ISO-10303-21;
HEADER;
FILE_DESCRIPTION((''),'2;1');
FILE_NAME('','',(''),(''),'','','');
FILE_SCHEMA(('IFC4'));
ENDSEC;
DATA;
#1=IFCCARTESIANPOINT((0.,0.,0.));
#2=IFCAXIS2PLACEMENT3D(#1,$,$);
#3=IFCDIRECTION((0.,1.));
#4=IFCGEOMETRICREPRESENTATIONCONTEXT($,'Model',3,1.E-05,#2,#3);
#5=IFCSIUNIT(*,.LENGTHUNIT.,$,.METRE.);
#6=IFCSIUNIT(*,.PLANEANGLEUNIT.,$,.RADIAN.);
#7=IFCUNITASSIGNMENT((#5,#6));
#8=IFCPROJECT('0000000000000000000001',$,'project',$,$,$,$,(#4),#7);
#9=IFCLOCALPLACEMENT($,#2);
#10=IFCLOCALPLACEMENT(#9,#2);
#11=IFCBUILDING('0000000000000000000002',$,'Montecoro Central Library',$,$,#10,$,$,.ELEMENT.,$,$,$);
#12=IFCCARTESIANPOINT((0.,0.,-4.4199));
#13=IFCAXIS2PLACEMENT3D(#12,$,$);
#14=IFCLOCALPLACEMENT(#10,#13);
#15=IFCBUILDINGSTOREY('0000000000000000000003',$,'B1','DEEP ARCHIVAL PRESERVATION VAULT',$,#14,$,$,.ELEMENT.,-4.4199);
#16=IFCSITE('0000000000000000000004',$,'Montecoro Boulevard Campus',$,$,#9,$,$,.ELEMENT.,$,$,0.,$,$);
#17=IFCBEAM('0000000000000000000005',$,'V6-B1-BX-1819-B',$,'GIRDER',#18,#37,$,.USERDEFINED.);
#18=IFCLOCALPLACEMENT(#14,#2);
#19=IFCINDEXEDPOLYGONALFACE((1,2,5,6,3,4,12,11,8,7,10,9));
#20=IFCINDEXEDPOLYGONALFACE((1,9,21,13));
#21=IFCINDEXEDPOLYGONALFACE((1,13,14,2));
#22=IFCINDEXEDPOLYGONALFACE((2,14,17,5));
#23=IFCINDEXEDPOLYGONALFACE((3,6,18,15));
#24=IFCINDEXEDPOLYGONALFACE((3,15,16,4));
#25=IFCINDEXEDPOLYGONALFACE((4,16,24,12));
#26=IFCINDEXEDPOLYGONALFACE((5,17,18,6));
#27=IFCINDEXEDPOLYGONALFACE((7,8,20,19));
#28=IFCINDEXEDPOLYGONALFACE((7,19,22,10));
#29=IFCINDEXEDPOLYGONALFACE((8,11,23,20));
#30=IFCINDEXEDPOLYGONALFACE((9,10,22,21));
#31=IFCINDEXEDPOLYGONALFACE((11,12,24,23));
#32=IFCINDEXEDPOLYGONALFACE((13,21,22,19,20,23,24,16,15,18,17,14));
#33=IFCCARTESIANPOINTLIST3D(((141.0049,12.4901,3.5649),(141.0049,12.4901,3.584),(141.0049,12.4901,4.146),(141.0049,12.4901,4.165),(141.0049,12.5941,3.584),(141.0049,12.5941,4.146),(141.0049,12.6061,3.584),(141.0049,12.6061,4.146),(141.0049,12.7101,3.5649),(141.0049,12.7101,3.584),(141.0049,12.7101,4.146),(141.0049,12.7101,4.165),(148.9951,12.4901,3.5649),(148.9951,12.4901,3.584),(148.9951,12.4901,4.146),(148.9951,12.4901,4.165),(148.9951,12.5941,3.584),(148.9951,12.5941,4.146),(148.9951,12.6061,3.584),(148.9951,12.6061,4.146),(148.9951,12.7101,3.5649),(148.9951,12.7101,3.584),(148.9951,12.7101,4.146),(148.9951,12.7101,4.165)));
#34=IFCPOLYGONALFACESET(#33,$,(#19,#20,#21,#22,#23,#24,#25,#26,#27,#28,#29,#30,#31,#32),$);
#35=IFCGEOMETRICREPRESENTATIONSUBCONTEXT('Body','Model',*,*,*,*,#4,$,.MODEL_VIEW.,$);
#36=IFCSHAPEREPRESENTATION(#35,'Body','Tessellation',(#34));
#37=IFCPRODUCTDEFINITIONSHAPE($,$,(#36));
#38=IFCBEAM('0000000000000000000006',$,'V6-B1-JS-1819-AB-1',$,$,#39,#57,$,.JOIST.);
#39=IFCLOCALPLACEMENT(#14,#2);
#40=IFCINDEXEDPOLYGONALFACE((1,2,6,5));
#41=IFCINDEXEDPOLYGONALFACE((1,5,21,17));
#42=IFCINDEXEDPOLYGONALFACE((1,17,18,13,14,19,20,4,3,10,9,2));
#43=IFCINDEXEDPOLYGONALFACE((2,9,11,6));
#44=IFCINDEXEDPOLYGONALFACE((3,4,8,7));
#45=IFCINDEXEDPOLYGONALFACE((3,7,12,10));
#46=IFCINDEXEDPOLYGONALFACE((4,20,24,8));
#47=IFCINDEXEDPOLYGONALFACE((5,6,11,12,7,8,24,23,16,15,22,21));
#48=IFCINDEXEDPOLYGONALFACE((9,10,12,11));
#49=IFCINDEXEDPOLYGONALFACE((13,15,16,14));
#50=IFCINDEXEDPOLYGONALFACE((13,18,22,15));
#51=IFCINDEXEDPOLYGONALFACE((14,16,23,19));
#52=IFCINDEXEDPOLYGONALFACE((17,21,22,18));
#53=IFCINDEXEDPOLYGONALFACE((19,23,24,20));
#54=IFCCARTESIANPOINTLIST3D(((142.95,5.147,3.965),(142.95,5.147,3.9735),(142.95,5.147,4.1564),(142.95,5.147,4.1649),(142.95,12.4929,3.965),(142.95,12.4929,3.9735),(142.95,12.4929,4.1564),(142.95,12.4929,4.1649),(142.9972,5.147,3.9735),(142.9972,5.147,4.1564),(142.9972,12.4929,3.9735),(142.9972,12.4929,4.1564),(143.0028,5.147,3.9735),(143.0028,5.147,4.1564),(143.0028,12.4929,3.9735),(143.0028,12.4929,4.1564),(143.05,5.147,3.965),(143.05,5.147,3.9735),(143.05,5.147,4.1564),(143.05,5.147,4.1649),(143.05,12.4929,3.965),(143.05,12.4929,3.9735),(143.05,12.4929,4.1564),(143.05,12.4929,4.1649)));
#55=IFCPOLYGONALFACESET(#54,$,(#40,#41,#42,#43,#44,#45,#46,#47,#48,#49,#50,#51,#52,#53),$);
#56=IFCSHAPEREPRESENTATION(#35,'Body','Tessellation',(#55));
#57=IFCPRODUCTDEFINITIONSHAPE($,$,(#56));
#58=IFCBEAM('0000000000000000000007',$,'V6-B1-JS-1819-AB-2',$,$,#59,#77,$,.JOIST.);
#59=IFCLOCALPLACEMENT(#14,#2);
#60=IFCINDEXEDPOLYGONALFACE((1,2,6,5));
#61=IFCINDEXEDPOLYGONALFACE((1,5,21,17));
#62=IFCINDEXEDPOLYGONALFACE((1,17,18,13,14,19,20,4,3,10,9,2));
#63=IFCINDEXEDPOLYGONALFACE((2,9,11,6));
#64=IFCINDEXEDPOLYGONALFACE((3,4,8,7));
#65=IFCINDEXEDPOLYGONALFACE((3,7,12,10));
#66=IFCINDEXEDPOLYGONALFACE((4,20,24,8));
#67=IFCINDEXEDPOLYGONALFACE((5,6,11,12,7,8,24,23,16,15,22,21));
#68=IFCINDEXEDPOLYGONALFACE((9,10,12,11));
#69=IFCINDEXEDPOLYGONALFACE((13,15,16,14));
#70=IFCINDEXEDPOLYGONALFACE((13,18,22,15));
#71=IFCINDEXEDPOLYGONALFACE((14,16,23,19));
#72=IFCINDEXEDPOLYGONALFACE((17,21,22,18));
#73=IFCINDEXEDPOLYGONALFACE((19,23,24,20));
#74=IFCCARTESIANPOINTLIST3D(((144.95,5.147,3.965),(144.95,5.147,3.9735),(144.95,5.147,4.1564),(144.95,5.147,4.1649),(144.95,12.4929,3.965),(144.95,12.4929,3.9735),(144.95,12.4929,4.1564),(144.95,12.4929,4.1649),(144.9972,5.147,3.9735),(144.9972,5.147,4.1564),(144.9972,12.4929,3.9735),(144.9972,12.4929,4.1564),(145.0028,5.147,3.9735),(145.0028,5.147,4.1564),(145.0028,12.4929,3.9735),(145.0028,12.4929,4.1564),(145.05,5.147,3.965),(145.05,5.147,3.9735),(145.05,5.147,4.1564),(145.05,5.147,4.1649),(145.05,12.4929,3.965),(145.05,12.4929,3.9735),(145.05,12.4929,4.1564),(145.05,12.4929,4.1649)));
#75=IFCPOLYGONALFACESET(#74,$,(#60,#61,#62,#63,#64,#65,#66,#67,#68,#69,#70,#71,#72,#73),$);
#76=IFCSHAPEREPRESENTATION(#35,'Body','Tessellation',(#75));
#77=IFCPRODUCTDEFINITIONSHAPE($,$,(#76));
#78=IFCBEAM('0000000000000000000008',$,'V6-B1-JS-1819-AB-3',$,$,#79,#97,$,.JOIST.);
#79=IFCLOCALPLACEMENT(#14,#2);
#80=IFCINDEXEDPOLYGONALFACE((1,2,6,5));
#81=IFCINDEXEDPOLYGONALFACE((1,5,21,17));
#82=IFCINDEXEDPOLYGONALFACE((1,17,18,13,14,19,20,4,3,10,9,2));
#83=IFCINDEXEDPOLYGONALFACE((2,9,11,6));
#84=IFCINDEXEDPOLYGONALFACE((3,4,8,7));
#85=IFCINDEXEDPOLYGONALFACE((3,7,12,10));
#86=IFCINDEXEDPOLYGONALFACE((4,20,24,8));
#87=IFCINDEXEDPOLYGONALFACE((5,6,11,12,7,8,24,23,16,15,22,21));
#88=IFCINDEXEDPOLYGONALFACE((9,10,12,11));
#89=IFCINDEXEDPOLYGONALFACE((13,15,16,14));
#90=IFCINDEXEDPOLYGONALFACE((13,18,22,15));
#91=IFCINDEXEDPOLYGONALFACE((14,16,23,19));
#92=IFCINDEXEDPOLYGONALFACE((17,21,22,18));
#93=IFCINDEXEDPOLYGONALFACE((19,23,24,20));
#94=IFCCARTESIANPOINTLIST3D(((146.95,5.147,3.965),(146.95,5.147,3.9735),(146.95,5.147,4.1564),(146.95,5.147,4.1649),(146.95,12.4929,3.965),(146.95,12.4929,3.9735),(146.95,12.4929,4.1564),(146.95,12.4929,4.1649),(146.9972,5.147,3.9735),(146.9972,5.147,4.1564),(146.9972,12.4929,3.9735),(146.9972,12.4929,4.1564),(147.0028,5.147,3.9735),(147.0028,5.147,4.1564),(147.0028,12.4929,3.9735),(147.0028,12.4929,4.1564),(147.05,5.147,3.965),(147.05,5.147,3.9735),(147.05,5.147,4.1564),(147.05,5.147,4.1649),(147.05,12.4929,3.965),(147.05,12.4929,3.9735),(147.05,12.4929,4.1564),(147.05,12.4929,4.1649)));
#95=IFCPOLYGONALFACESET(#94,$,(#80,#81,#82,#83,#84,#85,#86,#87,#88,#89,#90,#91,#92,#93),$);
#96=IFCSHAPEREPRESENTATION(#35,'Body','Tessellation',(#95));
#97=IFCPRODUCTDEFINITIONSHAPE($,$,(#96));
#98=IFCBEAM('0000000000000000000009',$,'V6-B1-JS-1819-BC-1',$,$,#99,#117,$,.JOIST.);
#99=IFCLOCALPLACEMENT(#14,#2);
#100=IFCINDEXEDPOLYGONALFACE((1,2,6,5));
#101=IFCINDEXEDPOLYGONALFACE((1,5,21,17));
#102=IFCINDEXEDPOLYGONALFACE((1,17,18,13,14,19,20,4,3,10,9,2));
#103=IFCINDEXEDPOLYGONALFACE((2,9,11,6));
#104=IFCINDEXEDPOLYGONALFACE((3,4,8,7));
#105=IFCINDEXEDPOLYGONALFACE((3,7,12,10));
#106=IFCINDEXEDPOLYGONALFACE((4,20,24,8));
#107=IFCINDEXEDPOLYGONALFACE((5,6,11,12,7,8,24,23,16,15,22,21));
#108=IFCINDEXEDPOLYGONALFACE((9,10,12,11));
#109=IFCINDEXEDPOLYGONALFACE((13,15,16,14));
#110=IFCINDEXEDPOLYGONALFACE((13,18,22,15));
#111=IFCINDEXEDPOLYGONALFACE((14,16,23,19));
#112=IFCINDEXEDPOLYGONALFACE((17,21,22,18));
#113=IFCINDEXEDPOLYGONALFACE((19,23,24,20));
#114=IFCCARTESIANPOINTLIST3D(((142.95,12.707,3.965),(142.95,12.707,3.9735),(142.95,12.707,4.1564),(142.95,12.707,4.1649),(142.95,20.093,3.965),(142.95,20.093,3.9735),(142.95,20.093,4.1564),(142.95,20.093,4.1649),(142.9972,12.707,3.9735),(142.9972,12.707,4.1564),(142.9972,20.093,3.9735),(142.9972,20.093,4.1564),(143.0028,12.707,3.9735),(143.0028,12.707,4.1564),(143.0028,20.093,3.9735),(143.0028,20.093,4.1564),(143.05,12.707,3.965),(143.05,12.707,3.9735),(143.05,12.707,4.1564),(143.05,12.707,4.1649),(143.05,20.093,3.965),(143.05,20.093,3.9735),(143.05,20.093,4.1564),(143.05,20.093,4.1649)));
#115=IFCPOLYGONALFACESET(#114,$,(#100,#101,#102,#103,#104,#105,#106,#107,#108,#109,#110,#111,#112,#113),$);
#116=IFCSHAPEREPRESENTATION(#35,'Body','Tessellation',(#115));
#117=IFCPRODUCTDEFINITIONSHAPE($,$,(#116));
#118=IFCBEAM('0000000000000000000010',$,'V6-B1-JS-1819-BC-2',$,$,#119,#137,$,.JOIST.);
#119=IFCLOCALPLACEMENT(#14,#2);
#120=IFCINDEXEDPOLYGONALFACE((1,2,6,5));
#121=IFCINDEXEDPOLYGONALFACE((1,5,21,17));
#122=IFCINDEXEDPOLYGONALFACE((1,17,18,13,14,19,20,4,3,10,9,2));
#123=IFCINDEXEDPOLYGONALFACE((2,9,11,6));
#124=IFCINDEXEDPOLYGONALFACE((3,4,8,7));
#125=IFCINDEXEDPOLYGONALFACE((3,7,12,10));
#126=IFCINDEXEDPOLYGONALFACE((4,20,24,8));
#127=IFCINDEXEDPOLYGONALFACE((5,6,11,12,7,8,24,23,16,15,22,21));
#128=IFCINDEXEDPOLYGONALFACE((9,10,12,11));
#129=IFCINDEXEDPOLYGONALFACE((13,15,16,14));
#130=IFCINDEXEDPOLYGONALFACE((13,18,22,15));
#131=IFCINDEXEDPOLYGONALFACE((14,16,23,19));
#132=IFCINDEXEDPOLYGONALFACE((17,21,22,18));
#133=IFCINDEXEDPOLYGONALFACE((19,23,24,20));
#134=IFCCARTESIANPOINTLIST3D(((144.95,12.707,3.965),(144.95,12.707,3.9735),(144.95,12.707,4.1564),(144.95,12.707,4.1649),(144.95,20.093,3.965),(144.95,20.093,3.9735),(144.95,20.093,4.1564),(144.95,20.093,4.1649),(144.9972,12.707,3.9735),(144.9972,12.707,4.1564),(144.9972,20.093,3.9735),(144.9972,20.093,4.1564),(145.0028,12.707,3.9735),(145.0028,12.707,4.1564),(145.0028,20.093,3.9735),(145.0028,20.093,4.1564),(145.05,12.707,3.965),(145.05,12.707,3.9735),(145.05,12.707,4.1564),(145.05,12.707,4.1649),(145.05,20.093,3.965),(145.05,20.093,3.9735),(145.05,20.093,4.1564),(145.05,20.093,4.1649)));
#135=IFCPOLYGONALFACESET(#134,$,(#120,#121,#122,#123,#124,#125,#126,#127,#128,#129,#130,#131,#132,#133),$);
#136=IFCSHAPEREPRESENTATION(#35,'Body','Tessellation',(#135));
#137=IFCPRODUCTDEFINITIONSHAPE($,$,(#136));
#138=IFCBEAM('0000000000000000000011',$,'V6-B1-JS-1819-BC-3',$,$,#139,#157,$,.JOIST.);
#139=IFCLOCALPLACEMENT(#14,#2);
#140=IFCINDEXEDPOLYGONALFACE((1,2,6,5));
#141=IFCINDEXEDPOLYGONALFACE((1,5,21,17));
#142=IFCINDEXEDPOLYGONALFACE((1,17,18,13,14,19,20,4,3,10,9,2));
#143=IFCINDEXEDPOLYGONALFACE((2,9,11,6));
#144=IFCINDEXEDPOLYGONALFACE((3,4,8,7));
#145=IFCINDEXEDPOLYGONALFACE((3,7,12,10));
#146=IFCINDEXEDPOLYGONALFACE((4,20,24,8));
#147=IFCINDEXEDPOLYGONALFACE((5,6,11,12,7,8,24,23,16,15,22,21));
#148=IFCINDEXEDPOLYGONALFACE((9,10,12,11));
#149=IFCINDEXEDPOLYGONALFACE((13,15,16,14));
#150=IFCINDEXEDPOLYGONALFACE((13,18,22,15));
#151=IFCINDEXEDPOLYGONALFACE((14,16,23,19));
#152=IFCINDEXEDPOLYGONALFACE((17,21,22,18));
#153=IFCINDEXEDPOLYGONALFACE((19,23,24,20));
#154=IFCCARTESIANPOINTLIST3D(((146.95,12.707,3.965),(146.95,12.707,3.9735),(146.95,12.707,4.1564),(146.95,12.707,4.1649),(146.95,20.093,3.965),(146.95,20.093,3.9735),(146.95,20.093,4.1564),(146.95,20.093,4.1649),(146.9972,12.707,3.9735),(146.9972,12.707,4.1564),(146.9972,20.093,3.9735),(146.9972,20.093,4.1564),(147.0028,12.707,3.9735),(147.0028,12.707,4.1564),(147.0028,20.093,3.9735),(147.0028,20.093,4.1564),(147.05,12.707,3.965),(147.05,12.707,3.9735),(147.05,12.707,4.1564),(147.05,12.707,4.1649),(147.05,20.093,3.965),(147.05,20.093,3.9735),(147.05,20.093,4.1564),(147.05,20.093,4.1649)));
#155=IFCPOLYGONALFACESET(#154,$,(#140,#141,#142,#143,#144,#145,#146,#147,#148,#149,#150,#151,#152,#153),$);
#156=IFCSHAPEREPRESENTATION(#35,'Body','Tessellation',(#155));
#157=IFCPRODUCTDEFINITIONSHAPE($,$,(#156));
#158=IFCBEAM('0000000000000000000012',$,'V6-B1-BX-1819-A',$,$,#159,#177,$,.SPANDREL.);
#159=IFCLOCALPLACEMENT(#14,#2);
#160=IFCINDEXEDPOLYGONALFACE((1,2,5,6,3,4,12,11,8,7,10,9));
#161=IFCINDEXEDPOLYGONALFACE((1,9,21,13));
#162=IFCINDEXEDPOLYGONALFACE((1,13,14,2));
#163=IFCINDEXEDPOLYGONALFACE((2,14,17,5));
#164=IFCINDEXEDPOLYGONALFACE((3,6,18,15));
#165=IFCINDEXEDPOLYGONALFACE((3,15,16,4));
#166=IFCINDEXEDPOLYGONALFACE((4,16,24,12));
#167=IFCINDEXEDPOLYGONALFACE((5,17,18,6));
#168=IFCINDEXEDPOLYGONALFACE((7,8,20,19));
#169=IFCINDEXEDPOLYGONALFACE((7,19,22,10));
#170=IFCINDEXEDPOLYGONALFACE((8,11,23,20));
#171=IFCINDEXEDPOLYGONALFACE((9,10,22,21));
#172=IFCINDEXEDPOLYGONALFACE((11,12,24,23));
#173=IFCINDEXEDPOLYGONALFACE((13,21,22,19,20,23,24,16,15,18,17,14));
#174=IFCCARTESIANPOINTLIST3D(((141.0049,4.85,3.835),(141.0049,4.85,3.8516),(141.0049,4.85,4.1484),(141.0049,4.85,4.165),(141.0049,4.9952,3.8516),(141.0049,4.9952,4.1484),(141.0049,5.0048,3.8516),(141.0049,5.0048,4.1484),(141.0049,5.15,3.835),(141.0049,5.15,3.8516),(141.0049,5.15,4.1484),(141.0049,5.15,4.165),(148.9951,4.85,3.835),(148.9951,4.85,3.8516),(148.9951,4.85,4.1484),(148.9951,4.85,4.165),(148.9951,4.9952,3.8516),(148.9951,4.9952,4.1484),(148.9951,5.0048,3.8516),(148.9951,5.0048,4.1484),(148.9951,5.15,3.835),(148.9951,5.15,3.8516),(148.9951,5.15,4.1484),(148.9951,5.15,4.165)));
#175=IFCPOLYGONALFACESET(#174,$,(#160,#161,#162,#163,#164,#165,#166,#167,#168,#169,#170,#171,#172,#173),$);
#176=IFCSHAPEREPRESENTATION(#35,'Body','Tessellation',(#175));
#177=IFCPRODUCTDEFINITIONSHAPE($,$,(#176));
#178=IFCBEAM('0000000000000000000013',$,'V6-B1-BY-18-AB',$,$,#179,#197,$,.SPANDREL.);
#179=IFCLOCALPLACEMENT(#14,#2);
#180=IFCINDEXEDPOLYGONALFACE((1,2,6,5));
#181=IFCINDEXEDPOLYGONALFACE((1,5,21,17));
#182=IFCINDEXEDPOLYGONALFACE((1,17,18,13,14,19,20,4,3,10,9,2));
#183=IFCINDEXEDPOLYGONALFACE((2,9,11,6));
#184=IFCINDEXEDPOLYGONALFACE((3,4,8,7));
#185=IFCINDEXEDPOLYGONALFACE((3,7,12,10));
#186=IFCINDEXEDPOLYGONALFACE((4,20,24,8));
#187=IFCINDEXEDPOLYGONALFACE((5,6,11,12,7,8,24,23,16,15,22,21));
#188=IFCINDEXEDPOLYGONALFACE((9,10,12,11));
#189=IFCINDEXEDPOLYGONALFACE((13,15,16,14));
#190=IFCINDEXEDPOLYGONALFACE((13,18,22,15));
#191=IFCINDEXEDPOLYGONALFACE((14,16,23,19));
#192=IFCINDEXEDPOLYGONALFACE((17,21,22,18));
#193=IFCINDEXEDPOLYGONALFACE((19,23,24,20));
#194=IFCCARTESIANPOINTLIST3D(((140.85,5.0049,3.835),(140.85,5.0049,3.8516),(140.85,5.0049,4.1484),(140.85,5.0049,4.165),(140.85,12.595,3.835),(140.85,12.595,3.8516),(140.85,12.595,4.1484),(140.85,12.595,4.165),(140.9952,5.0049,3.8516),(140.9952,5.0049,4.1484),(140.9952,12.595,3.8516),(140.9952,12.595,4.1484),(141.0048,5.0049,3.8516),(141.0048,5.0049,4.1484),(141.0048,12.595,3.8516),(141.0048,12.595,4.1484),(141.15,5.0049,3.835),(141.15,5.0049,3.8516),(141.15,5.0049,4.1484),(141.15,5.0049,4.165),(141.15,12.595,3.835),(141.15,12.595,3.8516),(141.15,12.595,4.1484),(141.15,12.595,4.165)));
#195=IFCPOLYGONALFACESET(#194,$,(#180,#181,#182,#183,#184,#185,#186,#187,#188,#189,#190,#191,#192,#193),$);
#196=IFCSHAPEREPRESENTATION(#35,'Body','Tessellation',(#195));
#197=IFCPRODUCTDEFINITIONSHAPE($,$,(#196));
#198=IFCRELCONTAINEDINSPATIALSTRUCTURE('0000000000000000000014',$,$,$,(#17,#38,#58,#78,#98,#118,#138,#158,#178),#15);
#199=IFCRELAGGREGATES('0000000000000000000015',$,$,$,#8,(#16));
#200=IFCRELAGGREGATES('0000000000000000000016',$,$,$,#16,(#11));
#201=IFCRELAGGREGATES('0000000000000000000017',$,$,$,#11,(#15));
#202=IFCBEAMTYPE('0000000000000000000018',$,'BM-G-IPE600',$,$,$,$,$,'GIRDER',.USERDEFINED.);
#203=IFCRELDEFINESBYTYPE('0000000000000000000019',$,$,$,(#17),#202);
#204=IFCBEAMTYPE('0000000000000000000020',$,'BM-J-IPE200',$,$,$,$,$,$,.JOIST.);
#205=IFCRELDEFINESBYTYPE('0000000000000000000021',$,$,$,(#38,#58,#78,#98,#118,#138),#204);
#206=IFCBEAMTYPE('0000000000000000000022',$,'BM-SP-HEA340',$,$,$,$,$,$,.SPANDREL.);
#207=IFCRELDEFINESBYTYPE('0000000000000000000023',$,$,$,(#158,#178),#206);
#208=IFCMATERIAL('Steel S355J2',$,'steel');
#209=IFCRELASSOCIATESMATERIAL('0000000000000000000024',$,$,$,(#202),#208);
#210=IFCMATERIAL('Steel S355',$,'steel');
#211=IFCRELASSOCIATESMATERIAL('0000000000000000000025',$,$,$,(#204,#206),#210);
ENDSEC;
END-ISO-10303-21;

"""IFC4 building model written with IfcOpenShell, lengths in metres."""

from ifc_helpers import new_model, si_unit, direction, frame, origin, origin_2d, place, context, subcontext, project, spatial, i_section, extrude, material, material_profile, profile_set, type_object, element, save


model = new_model("IFC4")

# Units and contexts
model_context = context("Model", 3, precision=1e-05, world=origin(), true_north=direction((0.0, 1.0)))
body_context = subcontext(model_context, "Body", "Model", "MODEL_VIEW")
ifc_project = project(units=[si_unit("LENGTHUNIT", "METRE"), si_unit("PLANEANGLEUNIT", "RADIAN")], contexts=[model_context])

# Site, building, storey
site_placement = place(None, origin())
site = spatial("IfcSite", under=ifc_project, at=site_placement, Name="Montecoro Boulevard Campus", CompositionType="ELEMENT", RefElevation=0.0)
building_placement = place(site_placement, origin())
building = spatial("IfcBuilding", under=site, at=building_placement, Name="Montecoro Central Library", CompositionType="ELEMENT")
storey_placement = place(building_placement, frame((0.0, 0.0, -4.4199)))
storey = spatial("IfcBuildingStorey", under=building, at=storey_placement, Name="B1", Description="DEEP ARCHIVAL PRESERVATION VAULT", CompositionType="ELEMENT", Elevation=-4.4199)

# Shared definitions
ifc_material_1 = material(Name="Steel S355J2", Category="steel")

# Beams
ifc_material_profile_1 = material_profile(ifc_material_1, i_section(OverallWidth=0.22, OverallDepth=0.6001, WebThickness=0.012, FlangeThickness=0.019, at=origin_2d()), Name="IPE 600")
ifc_profile_set_1 = profile_set([ifc_material_profile_1], Name="Steel S355J2")
beam_type_1 = type_object("IfcBeamType", Name="BM-G-IPE600", ElementType="GIRDER", PredefinedType="USERDEFINED", material=ifc_profile_set_1)
beam_1_placement = place(storey_placement, frame((141.0049, 12.6001, 3.865), z_axis=(1.0, 0.0, 0.0), x_axis=(0.0, 1.0, 0.0)))
element("IfcBeam", 1, at=beam_1_placement, inside=storey, type_object=beam_type_1, Name="V6-B1-BX-1819-B", ObjectType="GIRDER", PredefinedType="USERDEFINED", context=body_context, shape_type="SweptSolid", body=[
    extrude(i_section(OverallWidth=0.22, OverallDepth=0.6001, WebThickness=0.012, FlangeThickness=0.019, at=origin_2d()), origin(), (0.0, 0.0, 1.0), 7.9902),
])
ifc_material_2 = material(Name="Steel S355", Category="steel")
ifc_material_profile_2 = material_profile(ifc_material_2, i_section(OverallWidth=0.1001, OverallDepth=0.2, WebThickness=0.0056, FlangeThickness=0.0085, at=origin_2d()), Name="IPE 200")
ifc_profile_set_2 = profile_set([ifc_material_profile_2], Name="Steel S355")
beam_type_2 = type_object("IfcBeamType", Name="BM-J-IPE200", PredefinedType="JOIST", material=ifc_profile_set_2)
for number, where, z_axis, x_axis, name in (
    (2, (143.0, 5.147, 4.0649), (0.0, 1.0, 0.0), (-1.0, 0.0, 0.0), "V6-B1-JS-1819-AB-1"),
    (3, (145.0, 5.147, 4.0649), (0.0, 1.0, 0.0), (-1.0, 0.0, 0.0), "V6-B1-JS-1819-AB-2"),
    (4, (147.0, 5.147, 4.0649), (0.0, 1.0, 0.0), (-1.0, 0.0, 0.0), "V6-B1-JS-1819-AB-3"),
):
    element("IfcBeam", number, at=place(storey_placement, frame(where, z_axis=z_axis, x_axis=x_axis)), inside=storey, type_object=beam_type_2, Name=name, PredefinedType="JOIST", context=body_context, shape_type="SweptSolid", body=[
        extrude(i_section(OverallWidth=0.1001, OverallDepth=0.2, WebThickness=0.0056, FlangeThickness=0.0085, at=origin_2d()), origin(), (0.0, 0.0, 1.0), 7.3459),
    ])
for number, where, z_axis, x_axis, name in (
    (5, (143.0, 12.707, 4.0649), (0.0, 1.0, 0.0), (-1.0, 0.0, 0.0), "V6-B1-JS-1819-BC-1"),
    (6, (145.0, 12.707, 4.0649), (0.0, 1.0, 0.0), (-1.0, 0.0, 0.0), "V6-B1-JS-1819-BC-2"),
    (7, (147.0, 12.707, 4.0649), (0.0, 1.0, 0.0), (-1.0, 0.0, 0.0), "V6-B1-JS-1819-BC-3"),
):
    element("IfcBeam", number, at=place(storey_placement, frame(where, z_axis=z_axis, x_axis=x_axis)), inside=storey, type_object=beam_type_2, Name=name, PredefinedType="JOIST", context=body_context, shape_type="SweptSolid", body=[
        extrude(i_section(OverallWidth=0.1001, OverallDepth=0.2, WebThickness=0.0056, FlangeThickness=0.0085, at=origin_2d()), origin(), (0.0, 0.0, 1.0), 7.386),
    ])
ifc_material_profile_3 = material_profile(ifc_material_2, i_section(OverallWidth=0.3, OverallDepth=0.3301, WebThickness=0.0095, FlangeThickness=0.0166, at=origin_2d()), Name="HEA 340")
ifc_profile_set_3 = profile_set([ifc_material_profile_3], Name="Steel S355")
beam_type_3 = type_object("IfcBeamType", Name="BM-SP-HEA340", PredefinedType="SPANDREL", material=ifc_profile_set_3)
beam_2_placement = place(storey_placement, frame((141.0049, 5.0, 4.0), z_axis=(1.0, 0.0, 0.0), x_axis=(0.0, 1.0, 0.0)))
element("IfcBeam", 8, at=beam_2_placement, inside=storey, type_object=beam_type_3, Name="V6-B1-BX-1819-A", PredefinedType="SPANDREL", context=body_context, shape_type="SweptSolid", body=[
    extrude(i_section(OverallWidth=0.3, OverallDepth=0.3301, WebThickness=0.0095, FlangeThickness=0.0166, at=origin_2d()), origin(), (0.0, 0.0, 1.0), 7.9902),
])
for number, where, z_axis, x_axis, name in (
    (9, (141.0, 5.0049, 4.0), (0.0, 1.0, 0.0), (-1.0, 0.0, 0.0), "V6-B1-BY-18-AB"),
):
    element("IfcBeam", number, at=place(storey_placement, frame(where, z_axis=z_axis, x_axis=x_axis)), inside=storey, type_object=beam_type_3, Name=name, PredefinedType="SPANDREL", context=body_context, shape_type="SweptSolid", body=[
        extrude(i_section(OverallWidth=0.3, OverallDepth=0.3301, WebThickness=0.0095, FlangeThickness=0.0166, at=origin_2d()), origin(), (0.0, 0.0, 1.0), 7.5901),
    ])

save(model, "model.ifc")
